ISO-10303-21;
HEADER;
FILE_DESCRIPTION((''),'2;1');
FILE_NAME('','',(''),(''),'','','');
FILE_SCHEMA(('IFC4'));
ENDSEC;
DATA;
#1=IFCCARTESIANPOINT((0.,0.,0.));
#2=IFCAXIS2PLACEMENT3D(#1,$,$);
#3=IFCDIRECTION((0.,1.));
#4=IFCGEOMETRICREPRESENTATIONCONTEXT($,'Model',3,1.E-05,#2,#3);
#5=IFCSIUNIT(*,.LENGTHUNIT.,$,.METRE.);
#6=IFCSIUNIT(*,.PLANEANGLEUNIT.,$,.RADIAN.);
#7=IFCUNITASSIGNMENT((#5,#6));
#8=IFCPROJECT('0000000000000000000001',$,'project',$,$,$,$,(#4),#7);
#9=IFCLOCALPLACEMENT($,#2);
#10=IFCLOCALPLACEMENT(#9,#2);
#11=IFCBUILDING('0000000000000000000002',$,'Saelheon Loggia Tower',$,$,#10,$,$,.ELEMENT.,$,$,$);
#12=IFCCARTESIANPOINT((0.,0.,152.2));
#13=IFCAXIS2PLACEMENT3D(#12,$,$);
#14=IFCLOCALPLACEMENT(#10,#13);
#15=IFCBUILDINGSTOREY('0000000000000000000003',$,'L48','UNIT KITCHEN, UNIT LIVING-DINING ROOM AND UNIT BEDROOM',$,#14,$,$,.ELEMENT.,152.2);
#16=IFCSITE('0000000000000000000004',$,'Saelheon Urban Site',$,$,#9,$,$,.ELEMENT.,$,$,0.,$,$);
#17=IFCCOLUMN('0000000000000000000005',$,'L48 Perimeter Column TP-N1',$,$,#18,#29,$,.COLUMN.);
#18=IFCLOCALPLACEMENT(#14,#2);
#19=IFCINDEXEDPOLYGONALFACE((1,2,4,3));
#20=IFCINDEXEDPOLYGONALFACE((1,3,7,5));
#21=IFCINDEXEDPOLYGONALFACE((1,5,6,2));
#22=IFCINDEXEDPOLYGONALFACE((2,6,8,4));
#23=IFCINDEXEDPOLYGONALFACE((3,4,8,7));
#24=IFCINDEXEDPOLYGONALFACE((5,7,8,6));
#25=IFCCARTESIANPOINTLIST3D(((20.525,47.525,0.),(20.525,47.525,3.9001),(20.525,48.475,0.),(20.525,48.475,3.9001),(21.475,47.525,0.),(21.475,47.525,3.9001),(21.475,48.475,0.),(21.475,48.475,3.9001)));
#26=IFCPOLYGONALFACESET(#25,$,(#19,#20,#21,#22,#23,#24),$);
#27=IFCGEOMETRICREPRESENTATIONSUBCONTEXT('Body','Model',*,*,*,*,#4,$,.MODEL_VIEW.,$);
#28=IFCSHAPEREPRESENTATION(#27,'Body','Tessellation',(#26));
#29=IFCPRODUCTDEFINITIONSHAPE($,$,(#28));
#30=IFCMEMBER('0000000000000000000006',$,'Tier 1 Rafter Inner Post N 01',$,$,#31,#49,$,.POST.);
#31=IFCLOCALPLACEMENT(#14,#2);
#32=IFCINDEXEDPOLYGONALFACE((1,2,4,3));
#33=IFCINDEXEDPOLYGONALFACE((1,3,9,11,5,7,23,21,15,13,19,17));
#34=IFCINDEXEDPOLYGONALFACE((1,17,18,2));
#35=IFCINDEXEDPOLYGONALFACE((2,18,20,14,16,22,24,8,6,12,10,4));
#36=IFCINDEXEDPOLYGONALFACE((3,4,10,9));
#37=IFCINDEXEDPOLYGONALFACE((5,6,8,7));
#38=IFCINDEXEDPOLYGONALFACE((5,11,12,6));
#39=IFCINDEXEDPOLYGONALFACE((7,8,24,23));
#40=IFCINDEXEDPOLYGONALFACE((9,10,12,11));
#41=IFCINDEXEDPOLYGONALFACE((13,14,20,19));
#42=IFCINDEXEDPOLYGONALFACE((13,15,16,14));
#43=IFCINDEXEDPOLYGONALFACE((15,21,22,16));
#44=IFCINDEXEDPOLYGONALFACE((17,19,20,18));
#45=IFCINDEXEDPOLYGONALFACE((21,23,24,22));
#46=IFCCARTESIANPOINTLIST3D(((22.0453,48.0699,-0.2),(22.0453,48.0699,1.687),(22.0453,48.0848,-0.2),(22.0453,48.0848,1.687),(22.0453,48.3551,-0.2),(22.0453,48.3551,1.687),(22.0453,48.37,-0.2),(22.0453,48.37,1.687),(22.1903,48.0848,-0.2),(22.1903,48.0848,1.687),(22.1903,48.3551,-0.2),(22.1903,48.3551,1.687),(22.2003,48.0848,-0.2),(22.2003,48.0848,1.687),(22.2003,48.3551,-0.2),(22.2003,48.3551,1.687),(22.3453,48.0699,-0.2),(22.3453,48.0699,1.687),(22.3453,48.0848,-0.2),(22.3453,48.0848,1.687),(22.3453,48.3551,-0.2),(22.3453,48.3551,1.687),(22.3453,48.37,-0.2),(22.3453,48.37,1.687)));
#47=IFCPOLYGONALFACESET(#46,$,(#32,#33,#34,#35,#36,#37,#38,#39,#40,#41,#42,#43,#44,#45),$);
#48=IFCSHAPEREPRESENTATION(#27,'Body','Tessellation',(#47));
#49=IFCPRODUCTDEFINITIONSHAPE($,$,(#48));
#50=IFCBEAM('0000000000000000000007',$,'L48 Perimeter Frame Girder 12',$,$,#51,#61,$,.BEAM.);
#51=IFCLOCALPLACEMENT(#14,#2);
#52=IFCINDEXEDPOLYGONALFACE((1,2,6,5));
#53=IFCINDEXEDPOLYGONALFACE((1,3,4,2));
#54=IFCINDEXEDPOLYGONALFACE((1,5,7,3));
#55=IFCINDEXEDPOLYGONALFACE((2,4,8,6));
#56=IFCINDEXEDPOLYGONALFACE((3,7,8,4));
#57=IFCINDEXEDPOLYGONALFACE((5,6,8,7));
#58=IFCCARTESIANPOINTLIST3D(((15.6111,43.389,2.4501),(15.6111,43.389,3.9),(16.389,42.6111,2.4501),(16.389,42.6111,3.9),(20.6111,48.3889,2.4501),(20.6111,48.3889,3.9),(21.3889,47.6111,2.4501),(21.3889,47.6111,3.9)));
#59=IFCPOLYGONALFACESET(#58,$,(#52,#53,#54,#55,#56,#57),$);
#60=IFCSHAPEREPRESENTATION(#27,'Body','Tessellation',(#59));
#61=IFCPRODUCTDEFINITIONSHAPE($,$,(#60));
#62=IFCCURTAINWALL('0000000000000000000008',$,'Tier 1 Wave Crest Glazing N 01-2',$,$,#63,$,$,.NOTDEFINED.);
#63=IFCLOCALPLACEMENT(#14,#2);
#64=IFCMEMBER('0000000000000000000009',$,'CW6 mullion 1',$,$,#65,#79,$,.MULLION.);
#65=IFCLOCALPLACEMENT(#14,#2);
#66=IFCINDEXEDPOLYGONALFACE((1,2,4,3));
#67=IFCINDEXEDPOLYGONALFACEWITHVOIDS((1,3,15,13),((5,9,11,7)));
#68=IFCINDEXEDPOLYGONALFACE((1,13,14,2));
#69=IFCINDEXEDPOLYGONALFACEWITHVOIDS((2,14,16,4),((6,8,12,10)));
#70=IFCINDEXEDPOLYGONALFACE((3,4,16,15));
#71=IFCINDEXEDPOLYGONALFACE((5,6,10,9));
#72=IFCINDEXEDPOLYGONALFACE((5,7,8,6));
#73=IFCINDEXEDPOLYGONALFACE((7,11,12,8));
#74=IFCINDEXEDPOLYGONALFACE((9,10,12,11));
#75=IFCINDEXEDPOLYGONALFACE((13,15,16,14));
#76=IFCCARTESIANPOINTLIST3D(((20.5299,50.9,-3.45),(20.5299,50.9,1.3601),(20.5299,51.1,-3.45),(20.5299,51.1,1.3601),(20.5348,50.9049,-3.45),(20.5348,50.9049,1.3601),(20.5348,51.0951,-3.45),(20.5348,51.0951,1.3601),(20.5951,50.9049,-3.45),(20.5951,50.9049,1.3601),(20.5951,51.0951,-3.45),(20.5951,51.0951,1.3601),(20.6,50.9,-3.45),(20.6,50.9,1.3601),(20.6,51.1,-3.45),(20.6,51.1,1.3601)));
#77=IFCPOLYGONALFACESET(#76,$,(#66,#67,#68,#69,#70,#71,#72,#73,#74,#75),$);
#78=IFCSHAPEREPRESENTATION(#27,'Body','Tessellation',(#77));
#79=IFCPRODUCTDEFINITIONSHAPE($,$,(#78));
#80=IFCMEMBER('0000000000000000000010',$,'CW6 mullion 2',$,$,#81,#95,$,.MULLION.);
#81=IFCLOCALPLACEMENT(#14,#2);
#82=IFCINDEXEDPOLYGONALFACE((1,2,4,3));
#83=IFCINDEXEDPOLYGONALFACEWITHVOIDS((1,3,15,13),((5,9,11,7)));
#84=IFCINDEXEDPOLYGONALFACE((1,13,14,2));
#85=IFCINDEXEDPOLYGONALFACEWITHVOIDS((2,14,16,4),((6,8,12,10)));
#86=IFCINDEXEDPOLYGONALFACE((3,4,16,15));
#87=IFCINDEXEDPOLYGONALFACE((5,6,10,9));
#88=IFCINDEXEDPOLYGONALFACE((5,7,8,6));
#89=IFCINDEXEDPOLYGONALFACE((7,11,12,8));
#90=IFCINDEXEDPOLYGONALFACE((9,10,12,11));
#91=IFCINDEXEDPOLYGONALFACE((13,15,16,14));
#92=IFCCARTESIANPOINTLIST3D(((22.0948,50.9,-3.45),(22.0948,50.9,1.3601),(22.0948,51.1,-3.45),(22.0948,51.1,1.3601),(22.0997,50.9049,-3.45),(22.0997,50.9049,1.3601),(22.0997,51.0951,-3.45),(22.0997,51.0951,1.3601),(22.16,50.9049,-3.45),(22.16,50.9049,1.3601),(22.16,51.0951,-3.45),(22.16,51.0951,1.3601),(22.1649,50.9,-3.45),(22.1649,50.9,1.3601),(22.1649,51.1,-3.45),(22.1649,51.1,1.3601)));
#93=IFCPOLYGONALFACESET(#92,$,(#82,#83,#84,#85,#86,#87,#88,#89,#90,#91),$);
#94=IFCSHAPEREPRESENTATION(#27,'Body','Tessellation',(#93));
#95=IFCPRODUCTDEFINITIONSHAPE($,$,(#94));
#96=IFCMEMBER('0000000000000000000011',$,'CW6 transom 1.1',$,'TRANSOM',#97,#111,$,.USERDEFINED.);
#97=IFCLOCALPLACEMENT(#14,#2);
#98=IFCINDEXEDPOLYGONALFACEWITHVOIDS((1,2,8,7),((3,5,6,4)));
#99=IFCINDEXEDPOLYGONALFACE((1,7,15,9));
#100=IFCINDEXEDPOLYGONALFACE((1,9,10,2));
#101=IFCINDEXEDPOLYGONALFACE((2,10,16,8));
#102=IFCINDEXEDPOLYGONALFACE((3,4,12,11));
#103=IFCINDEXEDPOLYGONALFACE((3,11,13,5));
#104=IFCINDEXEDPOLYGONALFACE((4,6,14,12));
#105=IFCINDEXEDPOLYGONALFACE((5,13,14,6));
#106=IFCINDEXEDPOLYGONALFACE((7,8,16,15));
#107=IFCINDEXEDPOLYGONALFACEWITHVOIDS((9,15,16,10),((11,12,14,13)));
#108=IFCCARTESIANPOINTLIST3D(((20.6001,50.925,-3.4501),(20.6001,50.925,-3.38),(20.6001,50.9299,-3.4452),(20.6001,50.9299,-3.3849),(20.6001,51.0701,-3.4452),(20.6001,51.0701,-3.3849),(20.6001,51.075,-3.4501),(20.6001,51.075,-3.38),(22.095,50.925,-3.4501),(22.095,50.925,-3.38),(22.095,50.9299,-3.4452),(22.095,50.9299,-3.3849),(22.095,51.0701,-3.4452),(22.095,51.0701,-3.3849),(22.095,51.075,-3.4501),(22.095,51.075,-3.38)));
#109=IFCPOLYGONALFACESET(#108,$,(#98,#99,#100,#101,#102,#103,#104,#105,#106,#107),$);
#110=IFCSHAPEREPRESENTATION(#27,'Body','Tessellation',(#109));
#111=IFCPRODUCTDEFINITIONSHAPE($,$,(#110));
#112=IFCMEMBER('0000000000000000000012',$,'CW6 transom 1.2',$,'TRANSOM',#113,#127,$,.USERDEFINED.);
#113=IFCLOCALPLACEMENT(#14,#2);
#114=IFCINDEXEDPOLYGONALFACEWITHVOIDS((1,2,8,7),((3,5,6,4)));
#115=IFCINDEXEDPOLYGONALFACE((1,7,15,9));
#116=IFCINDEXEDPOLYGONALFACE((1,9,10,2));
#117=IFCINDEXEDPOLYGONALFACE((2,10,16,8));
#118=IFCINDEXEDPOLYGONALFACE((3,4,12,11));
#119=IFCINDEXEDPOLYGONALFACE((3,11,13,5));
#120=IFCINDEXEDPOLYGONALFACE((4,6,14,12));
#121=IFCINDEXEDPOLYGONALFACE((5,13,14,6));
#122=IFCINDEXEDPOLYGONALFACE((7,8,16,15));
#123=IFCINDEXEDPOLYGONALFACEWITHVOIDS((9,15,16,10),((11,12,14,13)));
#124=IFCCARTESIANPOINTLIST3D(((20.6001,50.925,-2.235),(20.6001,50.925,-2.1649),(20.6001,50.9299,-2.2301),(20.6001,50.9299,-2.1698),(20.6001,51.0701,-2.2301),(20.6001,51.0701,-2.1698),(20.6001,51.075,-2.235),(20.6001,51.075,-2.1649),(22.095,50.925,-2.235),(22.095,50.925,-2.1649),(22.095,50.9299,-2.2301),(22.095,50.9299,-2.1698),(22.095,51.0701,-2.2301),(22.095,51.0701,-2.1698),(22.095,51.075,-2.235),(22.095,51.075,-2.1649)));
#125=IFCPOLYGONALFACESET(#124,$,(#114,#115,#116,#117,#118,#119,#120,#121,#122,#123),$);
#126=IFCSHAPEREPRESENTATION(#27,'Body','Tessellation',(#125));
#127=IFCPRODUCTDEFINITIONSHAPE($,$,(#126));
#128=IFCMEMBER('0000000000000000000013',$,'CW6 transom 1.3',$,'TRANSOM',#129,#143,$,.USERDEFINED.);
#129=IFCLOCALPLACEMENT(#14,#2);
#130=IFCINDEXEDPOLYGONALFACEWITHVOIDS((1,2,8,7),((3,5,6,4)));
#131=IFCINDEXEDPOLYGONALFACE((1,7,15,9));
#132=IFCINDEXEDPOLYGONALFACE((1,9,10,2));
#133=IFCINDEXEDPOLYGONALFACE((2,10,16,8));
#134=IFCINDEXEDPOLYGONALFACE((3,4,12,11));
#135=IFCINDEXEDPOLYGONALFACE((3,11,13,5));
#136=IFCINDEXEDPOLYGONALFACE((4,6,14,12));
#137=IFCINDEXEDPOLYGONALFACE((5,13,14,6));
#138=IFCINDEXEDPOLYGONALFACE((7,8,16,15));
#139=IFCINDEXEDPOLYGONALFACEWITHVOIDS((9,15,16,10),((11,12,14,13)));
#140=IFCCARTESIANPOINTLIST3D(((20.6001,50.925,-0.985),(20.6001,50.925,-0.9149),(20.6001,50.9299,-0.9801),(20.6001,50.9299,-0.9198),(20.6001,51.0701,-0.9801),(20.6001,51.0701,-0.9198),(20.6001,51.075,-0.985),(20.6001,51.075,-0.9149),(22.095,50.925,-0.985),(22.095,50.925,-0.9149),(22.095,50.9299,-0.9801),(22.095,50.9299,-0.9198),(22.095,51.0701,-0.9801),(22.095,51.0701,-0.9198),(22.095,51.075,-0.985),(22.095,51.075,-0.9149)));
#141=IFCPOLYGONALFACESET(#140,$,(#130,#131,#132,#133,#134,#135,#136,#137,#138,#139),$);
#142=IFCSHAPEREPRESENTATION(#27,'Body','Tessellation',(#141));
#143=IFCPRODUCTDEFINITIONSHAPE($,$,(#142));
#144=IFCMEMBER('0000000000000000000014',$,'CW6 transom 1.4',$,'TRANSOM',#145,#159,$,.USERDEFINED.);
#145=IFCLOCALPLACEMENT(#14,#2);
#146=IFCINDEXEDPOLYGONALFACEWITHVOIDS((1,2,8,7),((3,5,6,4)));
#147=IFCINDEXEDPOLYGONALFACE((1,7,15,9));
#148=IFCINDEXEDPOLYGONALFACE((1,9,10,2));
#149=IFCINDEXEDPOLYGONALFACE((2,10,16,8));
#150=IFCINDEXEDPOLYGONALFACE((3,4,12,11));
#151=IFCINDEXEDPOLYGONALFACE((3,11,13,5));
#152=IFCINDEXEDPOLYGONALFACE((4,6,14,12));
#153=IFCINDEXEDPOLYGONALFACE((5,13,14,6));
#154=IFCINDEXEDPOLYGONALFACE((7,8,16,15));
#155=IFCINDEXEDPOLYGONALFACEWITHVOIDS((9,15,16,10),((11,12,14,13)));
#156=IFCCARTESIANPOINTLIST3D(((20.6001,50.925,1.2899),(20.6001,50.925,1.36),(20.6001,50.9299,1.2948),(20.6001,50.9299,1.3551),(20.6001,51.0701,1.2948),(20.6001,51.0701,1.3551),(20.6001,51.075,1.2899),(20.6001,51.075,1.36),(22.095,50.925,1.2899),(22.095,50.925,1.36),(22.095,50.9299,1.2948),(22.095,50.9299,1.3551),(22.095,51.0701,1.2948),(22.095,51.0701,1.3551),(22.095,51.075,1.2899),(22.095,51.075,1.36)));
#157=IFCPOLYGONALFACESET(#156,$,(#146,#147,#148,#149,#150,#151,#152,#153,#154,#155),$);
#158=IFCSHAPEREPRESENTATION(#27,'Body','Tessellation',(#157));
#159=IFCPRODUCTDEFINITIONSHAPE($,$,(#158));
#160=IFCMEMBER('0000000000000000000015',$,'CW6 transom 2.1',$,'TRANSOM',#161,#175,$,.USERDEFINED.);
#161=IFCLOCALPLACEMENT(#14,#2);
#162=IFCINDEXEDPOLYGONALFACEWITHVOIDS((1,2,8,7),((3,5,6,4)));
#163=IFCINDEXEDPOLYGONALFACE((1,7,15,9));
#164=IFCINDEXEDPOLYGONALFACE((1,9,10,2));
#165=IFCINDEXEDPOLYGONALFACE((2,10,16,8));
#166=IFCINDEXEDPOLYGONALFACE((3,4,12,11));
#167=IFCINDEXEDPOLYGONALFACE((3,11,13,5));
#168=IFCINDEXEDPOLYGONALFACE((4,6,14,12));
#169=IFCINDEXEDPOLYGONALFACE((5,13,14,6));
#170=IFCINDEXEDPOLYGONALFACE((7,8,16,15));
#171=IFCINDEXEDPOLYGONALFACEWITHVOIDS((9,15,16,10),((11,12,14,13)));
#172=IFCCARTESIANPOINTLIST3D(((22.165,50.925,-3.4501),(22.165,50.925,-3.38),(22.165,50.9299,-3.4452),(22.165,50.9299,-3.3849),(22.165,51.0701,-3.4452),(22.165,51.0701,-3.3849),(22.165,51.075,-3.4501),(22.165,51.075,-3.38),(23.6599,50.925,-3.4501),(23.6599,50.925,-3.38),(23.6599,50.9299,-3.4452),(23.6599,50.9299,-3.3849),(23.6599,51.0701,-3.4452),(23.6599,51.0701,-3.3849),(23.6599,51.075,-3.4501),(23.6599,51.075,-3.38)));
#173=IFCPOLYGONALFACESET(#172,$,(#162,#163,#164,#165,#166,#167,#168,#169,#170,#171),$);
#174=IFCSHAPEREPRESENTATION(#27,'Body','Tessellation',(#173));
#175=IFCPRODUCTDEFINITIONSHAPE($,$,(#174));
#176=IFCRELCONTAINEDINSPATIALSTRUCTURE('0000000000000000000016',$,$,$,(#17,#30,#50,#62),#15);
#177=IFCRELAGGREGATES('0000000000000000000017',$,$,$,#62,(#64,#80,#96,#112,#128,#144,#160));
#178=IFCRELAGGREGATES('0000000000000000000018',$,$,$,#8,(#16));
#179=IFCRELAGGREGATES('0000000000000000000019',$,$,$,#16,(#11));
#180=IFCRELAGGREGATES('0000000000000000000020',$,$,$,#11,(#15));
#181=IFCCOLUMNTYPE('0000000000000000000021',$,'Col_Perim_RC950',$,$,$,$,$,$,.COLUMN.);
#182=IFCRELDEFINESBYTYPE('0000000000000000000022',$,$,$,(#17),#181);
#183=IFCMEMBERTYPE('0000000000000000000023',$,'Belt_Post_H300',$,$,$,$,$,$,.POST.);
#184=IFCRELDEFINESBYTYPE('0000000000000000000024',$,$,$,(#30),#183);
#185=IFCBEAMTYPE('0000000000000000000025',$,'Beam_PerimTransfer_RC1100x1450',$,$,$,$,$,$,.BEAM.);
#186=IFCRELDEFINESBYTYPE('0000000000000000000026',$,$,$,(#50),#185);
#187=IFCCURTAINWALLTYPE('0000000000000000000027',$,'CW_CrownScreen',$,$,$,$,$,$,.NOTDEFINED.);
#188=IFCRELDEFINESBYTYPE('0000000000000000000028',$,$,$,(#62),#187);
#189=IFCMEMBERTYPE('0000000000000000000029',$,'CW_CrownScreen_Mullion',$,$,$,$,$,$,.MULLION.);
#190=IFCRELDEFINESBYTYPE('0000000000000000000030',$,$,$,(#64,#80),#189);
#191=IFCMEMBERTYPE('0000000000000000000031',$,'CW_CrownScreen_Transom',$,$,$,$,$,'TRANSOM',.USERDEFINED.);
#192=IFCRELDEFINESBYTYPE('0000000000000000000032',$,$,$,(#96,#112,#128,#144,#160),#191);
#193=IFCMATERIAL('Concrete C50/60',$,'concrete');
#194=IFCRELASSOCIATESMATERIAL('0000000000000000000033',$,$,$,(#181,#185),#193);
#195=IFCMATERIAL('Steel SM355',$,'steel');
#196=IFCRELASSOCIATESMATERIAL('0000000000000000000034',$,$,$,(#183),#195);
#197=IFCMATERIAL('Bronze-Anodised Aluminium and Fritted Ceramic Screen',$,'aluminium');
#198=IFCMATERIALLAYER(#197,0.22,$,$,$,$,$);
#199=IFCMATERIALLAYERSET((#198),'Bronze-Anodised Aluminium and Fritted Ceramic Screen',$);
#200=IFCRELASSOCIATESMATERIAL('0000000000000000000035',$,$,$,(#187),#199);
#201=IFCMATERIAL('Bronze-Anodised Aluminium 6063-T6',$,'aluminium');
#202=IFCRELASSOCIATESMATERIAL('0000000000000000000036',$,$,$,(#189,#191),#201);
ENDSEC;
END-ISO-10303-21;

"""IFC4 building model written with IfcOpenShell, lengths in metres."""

from ifc_helpers import new_model, si_unit, direction, frame, origin, origin_2d, place, context, subcontext, project, spatial, rectangle, hollow_rectangle, i_section, extrude, source, transform, mapped, material, layer, layer_set, material_profile, profile_set, type_object, element, aggregate, save


model = new_model("IFC4")

# Units and contexts
model_context = context("Model", 3, precision=1e-05, world=origin(), true_north=direction((0.0, 1.0)))
body_context = subcontext(model_context, "Body", "Model", "MODEL_VIEW")
ifc_project = project(units=[si_unit("LENGTHUNIT", "METRE"), si_unit("PLANEANGLEUNIT", "RADIAN")], contexts=[model_context])

# Site, building, storey
site_placement = place(None, origin())
site = spatial("IfcSite", under=ifc_project, at=site_placement, Name="Saelheon Urban Site", CompositionType="ELEMENT", RefElevation=0.0)
building_placement = place(site_placement, origin())
building = spatial("IfcBuilding", under=site, at=building_placement, Name="Saelheon Loggia Tower", CompositionType="ELEMENT")
storey_placement = place(building_placement, frame((0.0, 0.0, 152.2)))
storey = spatial("IfcBuildingStorey", under=building, at=storey_placement, Name="L48", Description="UNIT KITCHEN, UNIT LIVING-DINING ROOM AND UNIT BEDROOM", CompositionType="ELEMENT", Elevation=152.2)

# Column
ifc_material_1 = material(Name="Concrete C50/60", Category="concrete")
ifc_material_profile_1 = material_profile(ifc_material_1, rectangle(XDim=0.95, YDim=0.95, at=origin_2d()), Name="RC-950x950")
ifc_profile_set_1 = profile_set([ifc_material_profile_1], Name="Concrete C50/60")
column_type = type_object("IfcColumnType", Name="Col_Perim_RC950", PredefinedType="COLUMN", material=ifc_profile_set_1)
shared_shape_1 = source(origin(), body_context, "Body", "SweptSolid", [
    extrude(rectangle(XDim=0.95, YDim=0.95, at=origin_2d()), origin(), (0.0, 0.0, 1.0), 3.9001),
])
column_placement = place(storey_placement, frame((21.0, 48.0, 0.0), z_axis=(0.0, 0.0, 1.0), x_axis=(1.0, 0.0, 0.0)))
element("IfcColumn", 1, at=column_placement, inside=storey, type_object=column_type, Name="L48 Perimeter Column TP-N1", PredefinedType="COLUMN", context=body_context, shape_type="MappedRepresentation", body=[
    mapped(shared_shape_1, transform((0.0, 0.0, 0.0), scale=1.0)),
])

# Member
ifc_material_2 = material(Name="Steel SM355", Category="steel")
ifc_material_profile_2 = material_profile(ifc_material_2, i_section(OverallWidth=0.3, OverallDepth=0.3, WebThickness=0.01, FlangeThickness=0.0149, at=origin_2d()), Name="H-300x300x10x15")
ifc_profile_set_2 = profile_set([ifc_material_profile_2], Name="Steel SM355")
member_type_1 = type_object("IfcMemberType", Name="Belt_Post_H300", PredefinedType="POST", material=ifc_profile_set_2)
shared_shape_2 = source(origin(), body_context, "Body", "SweptSolid", [
    extrude(i_section(OverallWidth=0.3, OverallDepth=0.3, WebThickness=0.01, FlangeThickness=0.0149, at=origin_2d()), origin(), (0.0, 0.0, 1.0), 1.887),
])
member_1_placement = place(storey_placement, frame((22.1953, 48.22, -0.2), z_axis=(0.0, 0.0, 1.0), x_axis=(1.0, 0.0, 0.0)))
element("IfcMember", 2, at=member_1_placement, inside=storey, type_object=member_type_1, Name="Tier 1 Rafter Inner Post N 01", PredefinedType="POST", context=body_context, shape_type="MappedRepresentation", body=[
    mapped(shared_shape_2, transform((0.0, 0.0, 0.0), scale=1.0)),
])

# Beam
ifc_material_profile_3 = material_profile(ifc_material_1, rectangle(XDim=1.1001, YDim=1.45, at=origin_2d()), Name="RC-1100x1450")
ifc_profile_set_3 = profile_set([ifc_material_profile_3], Name="Concrete C50/60")
beam_type = type_object("IfcBeamType", Name="Beam_PerimTransfer_RC1100x1450", PredefinedType="BEAM", material=ifc_profile_set_3)
shared_shape_3 = source(origin(), body_context, "Body", "SweptSolid", [
    extrude(rectangle(XDim=1.1001, YDim=1.45, at=origin_2d()), origin(), (0.0, 0.0, 1.0), 7.071),
])
beam_placement = place(storey_placement, frame((21.0, 48.0, 3.175), z_axis=(-0.707107, -0.707107, 0.0), x_axis=(0.707107, -0.707107, 0.0)))
element("IfcBeam", 3, at=beam_placement, inside=storey, type_object=beam_type, Name="L48 Perimeter Frame Girder 12", PredefinedType="BEAM", context=body_context, shape_type="MappedRepresentation", body=[
    mapped(shared_shape_3, transform((0.0, 0.0, 0.0), scale=1.0)),
])

# Curtain wall, members
ifc_material_3 = material(Name="Bronze-Anodised Aluminium and Fritted Ceramic Screen", Category="aluminium")
ifc_layer_1 = layer(ifc_material_3, 0.22)
ifc_layer_set_1 = layer_set([ifc_layer_1], Name="Bronze-Anodised Aluminium and Fritted Ceramic Screen")
curtain_wall_type = type_object("IfcCurtainWallType", Name="CW_CrownScreen", PredefinedType="NOTDEFINED", material=ifc_layer_set_1)
curtain_wall_placement = place(storey_placement, origin())
curtain_wall = element("IfcCurtainWall", 4, at=curtain_wall_placement, inside=storey, type_object=curtain_wall_type, Name="Tier 1 Wave Crest Glazing N 01-2", PredefinedType="NOTDEFINED")
ifc_material_4 = material(Name="Bronze-Anodised Aluminium 6063-T6", Category="aluminium")
ifc_material_profile_4 = material_profile(ifc_material_4, hollow_rectangle(XDim=0.0701, YDim=0.2, WallThickness=0.0049, at=origin_2d()), Name="RHS-200x70x5")
ifc_profile_set_4 = profile_set([ifc_material_profile_4], Name="Bronze-Anodised Aluminium 6063-T6")
member_type_2 = type_object("IfcMemberType", Name="CW_CrownScreen_Mullion", PredefinedType="MULLION", material=ifc_profile_set_4)
shared_shape_4 = source(origin(), body_context, "Body", "SweptSolid", [
    extrude(hollow_rectangle(XDim=0.0701, YDim=0.2, WallThickness=0.0049, at=origin_2d()), origin(), (0.0, 0.0, 1.0), 4.8101),
])
member_2_placement = place(storey_placement, frame((20.5649, 51.0, -3.45), z_axis=(0.0, 0.0, 1.0), x_axis=(1.0, 0.0, 0.0)))
member_2 = element("IfcMember", 5, at=member_2_placement, type_object=member_type_2, Name="CW6 mullion 1", PredefinedType="MULLION", context=body_context, shape_type="MappedRepresentation", body=[
    mapped(shared_shape_4, transform((0.0, 0.0, 0.0), scale=1.0)),
])
member_3_placement = place(storey_placement, frame((22.1299, 51.0, -3.45), z_axis=(0.0, 0.0, 1.0), x_axis=(1.0, 0.0, 0.0)))
member_3 = element("IfcMember", 6, at=member_3_placement, type_object=member_type_2, Name="CW6 mullion 2", PredefinedType="MULLION", context=body_context, shape_type="MappedRepresentation", body=[
    mapped(shared_shape_4, transform((0.0, 0.0, 0.0), scale=1.0)),
])
ifc_material_profile_5 = material_profile(ifc_material_4, hollow_rectangle(XDim=0.0701, YDim=0.1499, WallThickness=0.0049, at=origin_2d()), Name="RHS-150x70x5")
ifc_profile_set_5 = profile_set([ifc_material_profile_5], Name="Bronze-Anodised Aluminium 6063-T6")
member_type_3 = type_object("IfcMemberType", Name="CW_CrownScreen_Transom", ElementType="TRANSOM", PredefinedType="USERDEFINED", material=ifc_profile_set_5)
shared_shape_5 = source(origin(), body_context, "Body", "SweptSolid", [
    extrude(hollow_rectangle(XDim=0.0701, YDim=0.1499, WallThickness=0.0049, at=origin_2d()), origin(), (0.0, 0.0, 1.0), 1.4949),
])
member_4_placement = place(storey_placement, frame((20.6001, 51.0, -3.415), z_axis=(1.0, 0.0, 0.0), x_axis=(0.0, 0.0, 1.0)))
member_4 = element("IfcMember", 7, at=member_4_placement, type_object=member_type_3, Name="CW6 transom 1.1", ObjectType="TRANSOM", PredefinedType="USERDEFINED", context=body_context, shape_type="MappedRepresentation", body=[
    mapped(shared_shape_5, transform((0.0, 0.0, 0.0), scale=1.0)),
])
member_5_placement = place(storey_placement, frame((20.6001, 51.0, -2.2), z_axis=(1.0, 0.0, 0.0), x_axis=(0.0, 0.0, 1.0)))
member_5 = element("IfcMember", 8, at=member_5_placement, type_object=member_type_3, Name="CW6 transom 1.2", ObjectType="TRANSOM", PredefinedType="USERDEFINED", context=body_context, shape_type="MappedRepresentation", body=[
    mapped(shared_shape_5, transform((0.0, 0.0, 0.0), scale=1.0)),
])
member_6_placement = place(storey_placement, frame((20.6001, 51.0, -0.95), z_axis=(1.0, 0.0, 0.0), x_axis=(0.0, 0.0, 1.0)))
member_6 = element("IfcMember", 9, at=member_6_placement, type_object=member_type_3, Name="CW6 transom 1.3", ObjectType="TRANSOM", PredefinedType="USERDEFINED", context=body_context, shape_type="MappedRepresentation", body=[
    mapped(shared_shape_5, transform((0.0, 0.0, 0.0), scale=1.0)),
])
member_7_placement = place(storey_placement, frame((20.6001, 51.0, 1.325), z_axis=(1.0, 0.0, 0.0), x_axis=(0.0, 0.0, 1.0)))
member_7 = element("IfcMember", 10, at=member_7_placement, type_object=member_type_3, Name="CW6 transom 1.4", ObjectType="TRANSOM", PredefinedType="USERDEFINED", context=body_context, shape_type="MappedRepresentation", body=[
    mapped(shared_shape_5, transform((0.0, 0.0, 0.0), scale=1.0)),
])
member_8_placement = place(storey_placement, frame((22.165, 51.0, -3.415), z_axis=(1.0, 0.0, 0.0), x_axis=(0.0, 0.0, 1.0)))
member_8 = element("IfcMember", 11, at=member_8_placement, type_object=member_type_3, Name="CW6 transom 2.1", ObjectType="TRANSOM", PredefinedType="USERDEFINED", context=body_context, shape_type="MappedRepresentation", body=[
    mapped(shared_shape_5, transform((0.0, 0.0, 0.0), scale=1.0)),
])
aggregate(curtain_wall, [member_2, member_3, member_4, member_5, member_6, member_7, member_8])

save(model, "model.ifc")
